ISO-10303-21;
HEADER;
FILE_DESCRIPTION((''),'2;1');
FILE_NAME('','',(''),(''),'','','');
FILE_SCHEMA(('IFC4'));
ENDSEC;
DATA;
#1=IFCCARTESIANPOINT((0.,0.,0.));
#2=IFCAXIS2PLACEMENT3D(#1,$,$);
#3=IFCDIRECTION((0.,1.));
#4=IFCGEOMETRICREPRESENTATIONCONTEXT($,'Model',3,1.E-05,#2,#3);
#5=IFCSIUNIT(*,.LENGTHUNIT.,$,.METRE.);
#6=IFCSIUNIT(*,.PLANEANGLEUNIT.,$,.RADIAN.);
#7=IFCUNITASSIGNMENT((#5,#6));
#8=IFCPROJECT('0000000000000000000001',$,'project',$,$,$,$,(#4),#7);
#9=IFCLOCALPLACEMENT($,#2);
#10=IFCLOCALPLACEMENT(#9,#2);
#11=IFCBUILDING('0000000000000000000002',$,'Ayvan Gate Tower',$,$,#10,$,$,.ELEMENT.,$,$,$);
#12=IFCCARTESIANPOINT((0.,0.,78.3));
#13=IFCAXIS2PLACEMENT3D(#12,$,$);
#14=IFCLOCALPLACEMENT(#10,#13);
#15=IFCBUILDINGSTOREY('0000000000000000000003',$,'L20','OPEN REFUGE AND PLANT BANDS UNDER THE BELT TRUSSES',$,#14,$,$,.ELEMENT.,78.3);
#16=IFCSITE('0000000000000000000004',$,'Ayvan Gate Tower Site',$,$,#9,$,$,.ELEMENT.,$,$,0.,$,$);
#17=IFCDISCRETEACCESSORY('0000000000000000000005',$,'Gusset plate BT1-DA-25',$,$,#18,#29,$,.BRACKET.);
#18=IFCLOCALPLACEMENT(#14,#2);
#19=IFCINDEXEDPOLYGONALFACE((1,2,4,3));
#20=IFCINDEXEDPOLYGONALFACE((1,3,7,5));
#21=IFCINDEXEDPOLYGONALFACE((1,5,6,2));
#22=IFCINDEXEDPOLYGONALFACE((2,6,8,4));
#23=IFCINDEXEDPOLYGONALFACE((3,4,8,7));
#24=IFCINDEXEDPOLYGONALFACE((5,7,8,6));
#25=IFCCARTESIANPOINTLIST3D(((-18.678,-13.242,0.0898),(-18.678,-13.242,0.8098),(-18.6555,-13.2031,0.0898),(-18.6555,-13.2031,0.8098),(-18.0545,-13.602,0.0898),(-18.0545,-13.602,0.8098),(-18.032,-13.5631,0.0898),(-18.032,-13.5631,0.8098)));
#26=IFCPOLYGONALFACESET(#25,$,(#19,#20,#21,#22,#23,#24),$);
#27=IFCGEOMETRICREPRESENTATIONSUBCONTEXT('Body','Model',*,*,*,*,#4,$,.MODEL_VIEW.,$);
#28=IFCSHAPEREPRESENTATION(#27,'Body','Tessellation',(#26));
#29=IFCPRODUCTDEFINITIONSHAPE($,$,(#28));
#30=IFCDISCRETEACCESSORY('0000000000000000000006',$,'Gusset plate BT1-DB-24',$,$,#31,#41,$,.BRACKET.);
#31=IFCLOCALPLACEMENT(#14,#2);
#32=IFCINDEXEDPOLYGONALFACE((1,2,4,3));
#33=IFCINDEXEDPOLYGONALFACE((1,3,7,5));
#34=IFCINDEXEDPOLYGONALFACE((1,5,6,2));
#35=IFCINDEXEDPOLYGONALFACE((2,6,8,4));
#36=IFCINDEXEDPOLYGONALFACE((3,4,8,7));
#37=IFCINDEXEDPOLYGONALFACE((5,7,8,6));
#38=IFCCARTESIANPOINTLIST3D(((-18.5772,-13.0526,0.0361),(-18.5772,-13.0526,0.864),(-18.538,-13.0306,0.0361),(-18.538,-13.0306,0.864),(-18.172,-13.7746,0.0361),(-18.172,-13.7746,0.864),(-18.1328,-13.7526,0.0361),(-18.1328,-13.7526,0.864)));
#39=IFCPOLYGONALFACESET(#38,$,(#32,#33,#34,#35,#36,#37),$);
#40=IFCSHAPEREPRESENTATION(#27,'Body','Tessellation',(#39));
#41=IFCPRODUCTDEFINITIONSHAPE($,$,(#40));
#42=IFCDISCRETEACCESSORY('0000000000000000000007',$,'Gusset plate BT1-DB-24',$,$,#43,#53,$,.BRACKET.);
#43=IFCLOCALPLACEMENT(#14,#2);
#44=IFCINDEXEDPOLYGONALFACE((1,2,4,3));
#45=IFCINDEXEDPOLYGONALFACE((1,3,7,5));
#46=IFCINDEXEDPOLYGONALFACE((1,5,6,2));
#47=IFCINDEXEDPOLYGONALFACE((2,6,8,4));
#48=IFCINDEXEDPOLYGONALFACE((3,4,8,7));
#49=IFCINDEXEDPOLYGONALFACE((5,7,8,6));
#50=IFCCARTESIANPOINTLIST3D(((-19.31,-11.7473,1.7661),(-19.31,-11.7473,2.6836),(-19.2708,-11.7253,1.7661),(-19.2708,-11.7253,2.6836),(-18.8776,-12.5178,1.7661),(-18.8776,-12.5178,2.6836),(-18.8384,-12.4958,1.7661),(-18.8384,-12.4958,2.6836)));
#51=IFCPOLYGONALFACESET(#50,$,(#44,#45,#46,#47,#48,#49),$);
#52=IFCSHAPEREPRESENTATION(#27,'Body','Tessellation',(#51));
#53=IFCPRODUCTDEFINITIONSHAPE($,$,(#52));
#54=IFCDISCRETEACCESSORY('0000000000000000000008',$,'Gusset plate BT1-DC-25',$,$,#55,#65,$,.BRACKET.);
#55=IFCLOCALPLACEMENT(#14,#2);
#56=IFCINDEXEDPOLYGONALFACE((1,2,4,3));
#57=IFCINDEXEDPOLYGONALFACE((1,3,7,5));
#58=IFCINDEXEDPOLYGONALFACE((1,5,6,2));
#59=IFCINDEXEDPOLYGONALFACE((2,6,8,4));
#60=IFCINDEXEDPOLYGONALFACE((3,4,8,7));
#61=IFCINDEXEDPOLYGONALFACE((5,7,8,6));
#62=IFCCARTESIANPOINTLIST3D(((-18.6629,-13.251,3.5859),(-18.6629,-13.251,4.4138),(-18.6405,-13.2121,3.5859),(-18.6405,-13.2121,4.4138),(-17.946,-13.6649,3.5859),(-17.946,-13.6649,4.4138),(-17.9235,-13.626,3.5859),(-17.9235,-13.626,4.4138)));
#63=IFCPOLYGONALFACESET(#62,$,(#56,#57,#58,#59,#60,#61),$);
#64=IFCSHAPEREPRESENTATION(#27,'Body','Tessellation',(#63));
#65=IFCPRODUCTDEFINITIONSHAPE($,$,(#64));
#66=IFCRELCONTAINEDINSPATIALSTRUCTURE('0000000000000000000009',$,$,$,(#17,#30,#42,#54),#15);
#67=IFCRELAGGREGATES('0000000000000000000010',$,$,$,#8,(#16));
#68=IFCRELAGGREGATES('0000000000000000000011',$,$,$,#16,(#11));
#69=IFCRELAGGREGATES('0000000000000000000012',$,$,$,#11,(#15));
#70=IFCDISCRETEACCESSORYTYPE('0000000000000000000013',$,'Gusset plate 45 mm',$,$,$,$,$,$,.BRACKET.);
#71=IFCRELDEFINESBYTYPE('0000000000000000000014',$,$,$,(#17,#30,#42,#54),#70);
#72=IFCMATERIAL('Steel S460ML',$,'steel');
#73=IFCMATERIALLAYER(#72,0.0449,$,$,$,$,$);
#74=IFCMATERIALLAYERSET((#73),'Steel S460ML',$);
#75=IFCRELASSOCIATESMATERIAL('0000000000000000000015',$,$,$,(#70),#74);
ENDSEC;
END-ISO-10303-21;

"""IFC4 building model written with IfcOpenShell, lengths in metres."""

from ifc_helpers import new_model, si_unit, direction, frame, origin, origin_2d, place, context, subcontext, project, spatial, rectangle, extrude, material, layer, layer_set, type_object, element, save


model = new_model("IFC4")

# Units and contexts
model_context = context("Model", 3, precision=1e-05, world=origin(), true_north=direction((0.0, 1.0)))
body_context = subcontext(model_context, "Body", "Model", "MODEL_VIEW")
ifc_project = project(units=[si_unit("LENGTHUNIT", "METRE"), si_unit("PLANEANGLEUNIT", "RADIAN")], contexts=[model_context])

# Site, building, storey
site_placement = place(None, origin())
site = spatial("IfcSite", under=ifc_project, at=site_placement, Name="Ayvan Gate Tower Site", CompositionType="ELEMENT", RefElevation=0.0)
building_placement = place(site_placement, origin())
building = spatial("IfcBuilding", under=site, at=building_placement, Name="Ayvan Gate Tower", CompositionType="ELEMENT")
storey_placement = place(building_placement, frame((0.0, 0.0, 78.3)))
storey = spatial("IfcBuildingStorey", under=building, at=storey_placement, Name="L20", Description="OPEN REFUGE AND PLANT BANDS UNDER THE BELT TRUSSES", CompositionType="ELEMENT", Elevation=78.3)

# Shared definitions
ifc_material_1 = material(Name="Steel S460ML", Category="steel")

# Discrete accessories
ifc_layer_1 = layer(ifc_material_1, 0.0449)
ifc_layer_set_1 = layer_set([ifc_layer_1], Name="Steel S460ML")
discrete_accessory_type = type_object("IfcDiscreteAccessoryType", Name="Gusset plate 45 mm", PredefinedType="BRACKET", material=ifc_layer_set_1)
for number, where, z_axis, x_axis, name in (
    (1, (-18.355, -13.4026, 0.0898), (0.0, 0.0, 1.0), (-0.866025, 0.5, 0.0), "Gusset plate BT1-DA-25"),
):
    element("IfcDiscreteAccessory", number, at=place(storey_placement, frame(where, z_axis=z_axis, x_axis=x_axis)), inside=storey, type_object=discrete_accessory_type, Name=name, PredefinedType="BRACKET", context=body_context, shape_type="SweptSolid", body=[
        extrude(rectangle(XDim=0.72, YDim=0.0449, at=origin_2d()), origin(), (0.0, 0.0, 1.0), 0.72),
    ])
discrete_accessory_1_placement = place(storey_placement, frame((-18.355, -13.4026, 0.0361), z_axis=(0.0, 0.0, 1.0), x_axis=(-0.489419, 0.872049, 0.0)))
element("IfcDiscreteAccessory", 2, at=discrete_accessory_1_placement, inside=storey, type_object=discrete_accessory_type, Name="Gusset plate BT1-DB-24", PredefinedType="BRACKET", context=body_context, shape_type="SweptSolid", body=[
    extrude(rectangle(XDim=0.8279, YDim=0.0449, at=origin_2d()), origin(), (0.0, 0.0, 1.0), 0.8279),
])
discrete_accessory_2_placement = place(storey_placement, frame((-19.0742, -12.1216, 1.7661), z_axis=(0.0, 0.0, 1.0), x_axis=(-0.489419, 0.872049, 0.0)))
element("IfcDiscreteAccessory", 3, at=discrete_accessory_2_placement, inside=storey, type_object=discrete_accessory_type, Name="Gusset plate BT1-DB-24", PredefinedType="BRACKET", context=body_context, shape_type="SweptSolid", body=[
    extrude(rectangle(XDim=0.8835, YDim=0.0449, at=origin_2d()), origin(), (0.0, 0.0, 1.0), 0.9175),
])
discrete_accessory_3_placement = place(storey_placement, frame((-18.2932, -13.4385, 3.5859), z_axis=(0.0, 0.0, 1.0), x_axis=(-0.866025, 0.5, 0.0)))
element("IfcDiscreteAccessory", 4, at=discrete_accessory_3_placement, inside=storey, type_object=discrete_accessory_type, Name="Gusset plate BT1-DC-25", PredefinedType="BRACKET", context=body_context, shape_type="SweptSolid", body=[
    extrude(rectangle(XDim=0.8279, YDim=0.0449, at=origin_2d()), origin(), (0.0, 0.0, 1.0), 0.8279),
])

save(model, "model.ifc")
